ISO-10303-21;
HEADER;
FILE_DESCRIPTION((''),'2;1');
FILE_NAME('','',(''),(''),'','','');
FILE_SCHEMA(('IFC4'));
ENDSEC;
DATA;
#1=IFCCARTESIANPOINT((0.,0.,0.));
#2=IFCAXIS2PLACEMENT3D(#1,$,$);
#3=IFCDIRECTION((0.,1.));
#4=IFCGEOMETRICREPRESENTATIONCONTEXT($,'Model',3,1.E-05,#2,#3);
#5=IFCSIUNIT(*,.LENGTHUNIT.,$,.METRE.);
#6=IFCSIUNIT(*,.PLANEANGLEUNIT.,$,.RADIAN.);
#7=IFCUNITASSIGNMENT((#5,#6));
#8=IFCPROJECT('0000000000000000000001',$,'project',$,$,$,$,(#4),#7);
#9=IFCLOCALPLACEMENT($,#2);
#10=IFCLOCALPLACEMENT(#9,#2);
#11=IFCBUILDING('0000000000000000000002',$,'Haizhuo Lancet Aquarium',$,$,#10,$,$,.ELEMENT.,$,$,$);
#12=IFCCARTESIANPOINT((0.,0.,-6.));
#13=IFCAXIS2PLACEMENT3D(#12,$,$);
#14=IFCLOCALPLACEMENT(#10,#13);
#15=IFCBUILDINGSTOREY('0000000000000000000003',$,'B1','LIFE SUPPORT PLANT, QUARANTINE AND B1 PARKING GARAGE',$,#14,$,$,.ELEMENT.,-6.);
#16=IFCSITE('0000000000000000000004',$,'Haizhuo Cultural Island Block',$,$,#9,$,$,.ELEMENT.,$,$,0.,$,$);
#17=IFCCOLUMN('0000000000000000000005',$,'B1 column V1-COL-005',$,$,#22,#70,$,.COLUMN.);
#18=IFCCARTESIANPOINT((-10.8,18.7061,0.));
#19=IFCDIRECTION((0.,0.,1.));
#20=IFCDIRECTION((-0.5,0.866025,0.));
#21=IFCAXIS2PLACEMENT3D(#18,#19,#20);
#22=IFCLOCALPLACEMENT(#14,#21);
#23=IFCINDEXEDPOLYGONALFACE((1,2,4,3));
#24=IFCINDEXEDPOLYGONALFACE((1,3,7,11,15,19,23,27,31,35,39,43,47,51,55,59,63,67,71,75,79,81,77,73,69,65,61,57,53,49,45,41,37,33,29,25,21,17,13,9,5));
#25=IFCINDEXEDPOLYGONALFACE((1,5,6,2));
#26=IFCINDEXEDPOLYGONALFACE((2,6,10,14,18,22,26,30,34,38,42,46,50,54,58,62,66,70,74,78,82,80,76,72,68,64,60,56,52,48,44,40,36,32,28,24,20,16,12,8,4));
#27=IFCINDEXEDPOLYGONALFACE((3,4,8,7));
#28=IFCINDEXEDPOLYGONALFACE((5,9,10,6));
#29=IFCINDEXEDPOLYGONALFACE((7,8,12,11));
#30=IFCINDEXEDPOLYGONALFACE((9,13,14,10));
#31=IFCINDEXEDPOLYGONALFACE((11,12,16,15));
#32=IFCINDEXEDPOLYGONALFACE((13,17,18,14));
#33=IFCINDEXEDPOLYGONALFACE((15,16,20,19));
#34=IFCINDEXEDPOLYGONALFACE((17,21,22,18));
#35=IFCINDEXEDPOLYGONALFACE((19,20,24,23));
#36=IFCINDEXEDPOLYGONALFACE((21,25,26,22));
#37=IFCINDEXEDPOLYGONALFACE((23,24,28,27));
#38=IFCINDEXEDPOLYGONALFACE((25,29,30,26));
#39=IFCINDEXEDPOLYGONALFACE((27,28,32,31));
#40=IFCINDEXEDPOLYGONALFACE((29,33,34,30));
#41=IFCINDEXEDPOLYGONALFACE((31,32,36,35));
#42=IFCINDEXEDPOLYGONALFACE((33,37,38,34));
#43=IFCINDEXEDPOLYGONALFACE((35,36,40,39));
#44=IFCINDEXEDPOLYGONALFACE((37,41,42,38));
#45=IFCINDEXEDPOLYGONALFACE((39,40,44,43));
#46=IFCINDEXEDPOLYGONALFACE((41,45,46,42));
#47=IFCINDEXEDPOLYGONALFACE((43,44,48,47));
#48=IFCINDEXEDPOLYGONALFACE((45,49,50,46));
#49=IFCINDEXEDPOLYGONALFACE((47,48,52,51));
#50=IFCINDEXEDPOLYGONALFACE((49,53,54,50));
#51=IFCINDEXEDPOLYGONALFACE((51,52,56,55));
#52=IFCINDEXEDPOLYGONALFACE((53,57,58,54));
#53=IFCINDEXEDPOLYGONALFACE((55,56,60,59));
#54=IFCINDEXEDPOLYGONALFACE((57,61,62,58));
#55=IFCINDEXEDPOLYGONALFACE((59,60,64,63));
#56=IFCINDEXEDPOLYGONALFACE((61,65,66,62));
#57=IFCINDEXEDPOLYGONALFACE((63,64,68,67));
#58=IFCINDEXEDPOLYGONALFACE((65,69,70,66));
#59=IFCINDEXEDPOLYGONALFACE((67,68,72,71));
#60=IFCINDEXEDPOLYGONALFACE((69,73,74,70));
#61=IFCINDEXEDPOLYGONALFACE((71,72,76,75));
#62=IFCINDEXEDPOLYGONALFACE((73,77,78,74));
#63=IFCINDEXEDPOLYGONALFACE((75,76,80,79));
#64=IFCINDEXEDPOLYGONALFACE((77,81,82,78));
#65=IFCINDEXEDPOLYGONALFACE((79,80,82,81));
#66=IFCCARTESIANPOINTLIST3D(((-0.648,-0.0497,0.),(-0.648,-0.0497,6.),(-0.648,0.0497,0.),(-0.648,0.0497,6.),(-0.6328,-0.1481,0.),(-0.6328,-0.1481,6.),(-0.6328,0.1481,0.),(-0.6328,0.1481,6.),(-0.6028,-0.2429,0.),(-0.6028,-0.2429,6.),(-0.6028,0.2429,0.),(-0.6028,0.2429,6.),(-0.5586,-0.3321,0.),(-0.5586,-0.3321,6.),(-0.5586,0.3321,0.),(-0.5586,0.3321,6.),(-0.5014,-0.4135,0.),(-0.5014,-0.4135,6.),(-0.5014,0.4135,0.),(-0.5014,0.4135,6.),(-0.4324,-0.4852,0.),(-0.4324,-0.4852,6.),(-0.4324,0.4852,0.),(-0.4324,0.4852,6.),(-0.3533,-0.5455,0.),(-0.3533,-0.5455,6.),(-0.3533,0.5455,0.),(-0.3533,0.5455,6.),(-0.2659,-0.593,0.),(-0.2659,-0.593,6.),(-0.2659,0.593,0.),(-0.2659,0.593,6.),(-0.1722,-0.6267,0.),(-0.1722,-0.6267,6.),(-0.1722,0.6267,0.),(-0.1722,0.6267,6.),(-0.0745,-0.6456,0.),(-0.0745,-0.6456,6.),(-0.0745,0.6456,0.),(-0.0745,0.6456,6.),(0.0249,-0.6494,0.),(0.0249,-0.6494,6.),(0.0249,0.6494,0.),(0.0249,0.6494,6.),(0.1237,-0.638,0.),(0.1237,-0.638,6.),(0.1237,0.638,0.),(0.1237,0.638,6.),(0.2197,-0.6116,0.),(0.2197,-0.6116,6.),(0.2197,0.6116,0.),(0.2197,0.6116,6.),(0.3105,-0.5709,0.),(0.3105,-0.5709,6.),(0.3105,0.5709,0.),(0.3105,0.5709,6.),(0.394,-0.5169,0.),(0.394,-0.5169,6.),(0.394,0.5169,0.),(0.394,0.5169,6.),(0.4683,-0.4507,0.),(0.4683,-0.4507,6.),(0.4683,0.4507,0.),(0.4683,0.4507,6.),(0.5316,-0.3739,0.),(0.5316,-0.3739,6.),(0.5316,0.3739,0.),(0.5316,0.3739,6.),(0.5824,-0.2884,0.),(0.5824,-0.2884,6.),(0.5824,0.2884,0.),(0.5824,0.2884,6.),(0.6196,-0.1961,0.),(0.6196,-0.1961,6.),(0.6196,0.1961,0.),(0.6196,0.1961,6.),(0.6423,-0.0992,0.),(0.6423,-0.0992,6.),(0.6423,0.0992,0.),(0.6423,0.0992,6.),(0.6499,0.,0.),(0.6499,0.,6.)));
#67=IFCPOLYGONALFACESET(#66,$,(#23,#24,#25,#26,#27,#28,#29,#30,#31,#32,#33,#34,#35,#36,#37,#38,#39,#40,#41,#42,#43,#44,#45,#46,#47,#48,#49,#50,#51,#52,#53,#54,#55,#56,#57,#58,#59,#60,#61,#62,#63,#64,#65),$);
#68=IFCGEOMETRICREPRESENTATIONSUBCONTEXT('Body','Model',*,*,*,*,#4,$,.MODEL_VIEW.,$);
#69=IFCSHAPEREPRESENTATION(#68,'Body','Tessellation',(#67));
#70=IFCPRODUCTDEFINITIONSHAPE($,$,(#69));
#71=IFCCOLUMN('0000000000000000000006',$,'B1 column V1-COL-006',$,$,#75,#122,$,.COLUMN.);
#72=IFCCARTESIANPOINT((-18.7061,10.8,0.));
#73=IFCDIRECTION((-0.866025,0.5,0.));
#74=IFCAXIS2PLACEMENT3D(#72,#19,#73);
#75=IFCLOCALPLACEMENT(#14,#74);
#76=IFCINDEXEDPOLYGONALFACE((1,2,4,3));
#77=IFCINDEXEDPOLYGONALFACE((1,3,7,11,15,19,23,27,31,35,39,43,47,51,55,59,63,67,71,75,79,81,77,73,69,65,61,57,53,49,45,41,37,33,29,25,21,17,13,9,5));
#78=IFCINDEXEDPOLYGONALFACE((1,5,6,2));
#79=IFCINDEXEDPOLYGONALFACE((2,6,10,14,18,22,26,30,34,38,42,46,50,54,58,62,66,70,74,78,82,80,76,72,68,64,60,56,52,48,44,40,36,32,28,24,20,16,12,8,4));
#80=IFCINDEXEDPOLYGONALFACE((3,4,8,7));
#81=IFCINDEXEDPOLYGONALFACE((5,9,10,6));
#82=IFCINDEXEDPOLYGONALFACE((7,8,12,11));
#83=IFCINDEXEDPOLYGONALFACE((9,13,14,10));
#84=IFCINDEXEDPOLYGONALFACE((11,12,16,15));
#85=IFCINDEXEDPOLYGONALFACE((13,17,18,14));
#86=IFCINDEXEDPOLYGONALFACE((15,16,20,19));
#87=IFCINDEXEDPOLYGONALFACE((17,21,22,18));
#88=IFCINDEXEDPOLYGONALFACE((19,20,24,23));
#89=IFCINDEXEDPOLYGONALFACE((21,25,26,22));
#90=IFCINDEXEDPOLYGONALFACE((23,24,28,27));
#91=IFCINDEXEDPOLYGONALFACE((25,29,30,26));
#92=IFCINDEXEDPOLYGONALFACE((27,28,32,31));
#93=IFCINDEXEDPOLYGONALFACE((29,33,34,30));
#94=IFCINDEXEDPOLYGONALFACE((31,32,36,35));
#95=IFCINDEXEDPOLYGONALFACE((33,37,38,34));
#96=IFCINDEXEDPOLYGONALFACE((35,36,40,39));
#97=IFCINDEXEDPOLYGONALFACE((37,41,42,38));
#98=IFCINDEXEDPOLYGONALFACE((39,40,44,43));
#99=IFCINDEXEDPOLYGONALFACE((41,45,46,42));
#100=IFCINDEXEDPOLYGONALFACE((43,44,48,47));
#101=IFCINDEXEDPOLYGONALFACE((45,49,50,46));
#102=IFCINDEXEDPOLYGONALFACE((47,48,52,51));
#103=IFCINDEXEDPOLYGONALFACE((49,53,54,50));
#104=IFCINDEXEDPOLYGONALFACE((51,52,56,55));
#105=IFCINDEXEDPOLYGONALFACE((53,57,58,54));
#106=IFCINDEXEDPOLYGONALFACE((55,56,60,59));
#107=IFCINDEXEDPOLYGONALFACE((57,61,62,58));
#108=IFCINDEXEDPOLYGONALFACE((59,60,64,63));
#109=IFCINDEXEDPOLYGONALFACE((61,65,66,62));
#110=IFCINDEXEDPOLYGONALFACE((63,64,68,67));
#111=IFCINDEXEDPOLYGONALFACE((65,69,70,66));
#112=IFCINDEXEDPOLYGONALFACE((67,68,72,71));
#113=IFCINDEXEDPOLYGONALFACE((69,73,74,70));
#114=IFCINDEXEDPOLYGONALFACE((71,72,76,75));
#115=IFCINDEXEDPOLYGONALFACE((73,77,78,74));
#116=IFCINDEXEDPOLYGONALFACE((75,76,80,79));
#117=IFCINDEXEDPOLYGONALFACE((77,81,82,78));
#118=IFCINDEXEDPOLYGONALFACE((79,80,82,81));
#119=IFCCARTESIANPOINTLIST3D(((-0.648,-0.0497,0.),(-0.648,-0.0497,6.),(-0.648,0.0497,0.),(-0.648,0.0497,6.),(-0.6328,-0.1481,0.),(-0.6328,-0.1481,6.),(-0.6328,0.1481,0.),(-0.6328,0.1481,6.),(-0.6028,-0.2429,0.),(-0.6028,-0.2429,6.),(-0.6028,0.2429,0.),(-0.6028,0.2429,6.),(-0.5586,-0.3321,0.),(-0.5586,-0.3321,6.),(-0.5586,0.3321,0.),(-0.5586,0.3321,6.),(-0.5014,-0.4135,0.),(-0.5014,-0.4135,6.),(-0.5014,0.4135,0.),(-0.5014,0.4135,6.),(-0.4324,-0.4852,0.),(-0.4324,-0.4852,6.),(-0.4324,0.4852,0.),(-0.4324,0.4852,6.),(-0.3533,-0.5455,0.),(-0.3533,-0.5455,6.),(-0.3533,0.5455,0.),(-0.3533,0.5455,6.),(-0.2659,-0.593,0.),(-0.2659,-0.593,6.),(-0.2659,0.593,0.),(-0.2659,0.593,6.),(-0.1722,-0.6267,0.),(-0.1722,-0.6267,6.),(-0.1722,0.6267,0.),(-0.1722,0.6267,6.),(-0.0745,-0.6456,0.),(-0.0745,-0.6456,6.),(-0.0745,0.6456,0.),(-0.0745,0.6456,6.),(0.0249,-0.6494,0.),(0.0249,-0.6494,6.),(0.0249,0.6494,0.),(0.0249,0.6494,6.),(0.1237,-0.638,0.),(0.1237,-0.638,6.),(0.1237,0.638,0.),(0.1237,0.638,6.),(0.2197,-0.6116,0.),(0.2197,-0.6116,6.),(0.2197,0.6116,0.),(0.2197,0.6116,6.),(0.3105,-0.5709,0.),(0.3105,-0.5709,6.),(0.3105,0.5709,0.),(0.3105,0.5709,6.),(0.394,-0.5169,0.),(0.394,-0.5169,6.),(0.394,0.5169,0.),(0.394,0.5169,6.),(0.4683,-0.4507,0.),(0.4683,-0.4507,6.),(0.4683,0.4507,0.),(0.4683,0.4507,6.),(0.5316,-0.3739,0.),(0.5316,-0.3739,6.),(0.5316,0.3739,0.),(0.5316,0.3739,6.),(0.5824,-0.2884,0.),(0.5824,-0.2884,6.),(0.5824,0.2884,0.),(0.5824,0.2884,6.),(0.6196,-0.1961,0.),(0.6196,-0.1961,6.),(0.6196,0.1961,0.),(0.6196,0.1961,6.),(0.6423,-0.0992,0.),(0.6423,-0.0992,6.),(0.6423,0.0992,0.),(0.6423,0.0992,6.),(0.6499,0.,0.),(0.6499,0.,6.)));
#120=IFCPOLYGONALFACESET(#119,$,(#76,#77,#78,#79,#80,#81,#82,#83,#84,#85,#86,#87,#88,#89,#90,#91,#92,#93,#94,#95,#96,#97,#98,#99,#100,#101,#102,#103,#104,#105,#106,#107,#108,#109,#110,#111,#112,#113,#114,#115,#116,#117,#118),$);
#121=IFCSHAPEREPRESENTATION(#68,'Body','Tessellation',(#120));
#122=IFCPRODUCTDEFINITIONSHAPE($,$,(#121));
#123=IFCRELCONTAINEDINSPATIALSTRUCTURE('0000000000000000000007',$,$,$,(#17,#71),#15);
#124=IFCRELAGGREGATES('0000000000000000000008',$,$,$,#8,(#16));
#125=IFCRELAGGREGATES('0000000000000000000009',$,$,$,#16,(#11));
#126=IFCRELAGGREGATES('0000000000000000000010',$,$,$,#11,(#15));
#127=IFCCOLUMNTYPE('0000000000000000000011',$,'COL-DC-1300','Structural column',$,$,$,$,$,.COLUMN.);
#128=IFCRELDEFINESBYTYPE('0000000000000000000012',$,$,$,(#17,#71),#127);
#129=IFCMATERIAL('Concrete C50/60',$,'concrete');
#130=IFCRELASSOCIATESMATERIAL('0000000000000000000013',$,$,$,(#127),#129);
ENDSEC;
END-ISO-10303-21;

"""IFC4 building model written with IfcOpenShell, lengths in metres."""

from ifc_helpers import new_model, si_unit, direction, frame, origin, origin_2d, place, context, subcontext, project, spatial, circle, extrude, material, material_profile, profile_set, type_object, element, save


model = new_model("IFC4")

# Units and contexts
model_context = context("Model", 3, precision=1e-05, world=origin(), true_north=direction((0.0, 1.0)))
body_context = subcontext(model_context, "Body", "Model", "MODEL_VIEW")
ifc_project = project(units=[si_unit("LENGTHUNIT", "METRE"), si_unit("PLANEANGLEUNIT", "RADIAN")], contexts=[model_context])

# Site, building, storey
site_placement = place(None, origin())
site = spatial("IfcSite", under=ifc_project, at=site_placement, Name="Haizhuo Cultural Island Block", CompositionType="ELEMENT", RefElevation=0.0)
building_placement = place(site_placement, origin())
building = spatial("IfcBuilding", under=site, at=building_placement, Name="Haizhuo Lancet Aquarium", CompositionType="ELEMENT")
storey_placement = place(building_placement, frame((0.0, 0.0, -6.0)))
storey = spatial("IfcBuildingStorey", under=building, at=storey_placement, Name="B1", Description="LIFE SUPPORT PLANT, QUARANTINE AND B1 PARKING GARAGE", CompositionType="ELEMENT", Elevation=-6.0)

# Columns
ifc_material_1 = material(Name="Concrete C50/60", Category="concrete")
ifc_material_profile_1 = material_profile(ifc_material_1, circle(Radius=0.6499, at=origin_2d()), Name="RC-DC 1300")
ifc_profile_set_1 = profile_set([ifc_material_profile_1], Name="Concrete C50/60")
column_type_1 = type_object("IfcColumnType", Name="COL-DC-1300", Description="Structural column", PredefinedType="COLUMN", material=ifc_profile_set_1)
for number, where, z_axis, x_axis, name in (
    (1, (-10.8, 18.7061, 0.0), (0.0, 0.0, 1.0), (-0.5, 0.866025, 0.0), "B1 column V1-COL-005"),
    (2, (-18.7061, 10.8, 0.0), (0.0, 0.0, 1.0), (-0.866025, 0.5, 0.0), "B1 column V1-COL-006"),
):
    element("IfcColumn", number, at=place(storey_placement, frame(where, z_axis=z_axis, x_axis=x_axis)), inside=storey, type_object=column_type_1, Name=name, PredefinedType="COLUMN", context=body_context, shape_type="SweptSolid", body=[
        extrude(circle(Radius=0.6499, at=origin_2d()), origin(), (0.0, 0.0, 1.0), 6.0),
    ])

save(model, "model.ifc")
